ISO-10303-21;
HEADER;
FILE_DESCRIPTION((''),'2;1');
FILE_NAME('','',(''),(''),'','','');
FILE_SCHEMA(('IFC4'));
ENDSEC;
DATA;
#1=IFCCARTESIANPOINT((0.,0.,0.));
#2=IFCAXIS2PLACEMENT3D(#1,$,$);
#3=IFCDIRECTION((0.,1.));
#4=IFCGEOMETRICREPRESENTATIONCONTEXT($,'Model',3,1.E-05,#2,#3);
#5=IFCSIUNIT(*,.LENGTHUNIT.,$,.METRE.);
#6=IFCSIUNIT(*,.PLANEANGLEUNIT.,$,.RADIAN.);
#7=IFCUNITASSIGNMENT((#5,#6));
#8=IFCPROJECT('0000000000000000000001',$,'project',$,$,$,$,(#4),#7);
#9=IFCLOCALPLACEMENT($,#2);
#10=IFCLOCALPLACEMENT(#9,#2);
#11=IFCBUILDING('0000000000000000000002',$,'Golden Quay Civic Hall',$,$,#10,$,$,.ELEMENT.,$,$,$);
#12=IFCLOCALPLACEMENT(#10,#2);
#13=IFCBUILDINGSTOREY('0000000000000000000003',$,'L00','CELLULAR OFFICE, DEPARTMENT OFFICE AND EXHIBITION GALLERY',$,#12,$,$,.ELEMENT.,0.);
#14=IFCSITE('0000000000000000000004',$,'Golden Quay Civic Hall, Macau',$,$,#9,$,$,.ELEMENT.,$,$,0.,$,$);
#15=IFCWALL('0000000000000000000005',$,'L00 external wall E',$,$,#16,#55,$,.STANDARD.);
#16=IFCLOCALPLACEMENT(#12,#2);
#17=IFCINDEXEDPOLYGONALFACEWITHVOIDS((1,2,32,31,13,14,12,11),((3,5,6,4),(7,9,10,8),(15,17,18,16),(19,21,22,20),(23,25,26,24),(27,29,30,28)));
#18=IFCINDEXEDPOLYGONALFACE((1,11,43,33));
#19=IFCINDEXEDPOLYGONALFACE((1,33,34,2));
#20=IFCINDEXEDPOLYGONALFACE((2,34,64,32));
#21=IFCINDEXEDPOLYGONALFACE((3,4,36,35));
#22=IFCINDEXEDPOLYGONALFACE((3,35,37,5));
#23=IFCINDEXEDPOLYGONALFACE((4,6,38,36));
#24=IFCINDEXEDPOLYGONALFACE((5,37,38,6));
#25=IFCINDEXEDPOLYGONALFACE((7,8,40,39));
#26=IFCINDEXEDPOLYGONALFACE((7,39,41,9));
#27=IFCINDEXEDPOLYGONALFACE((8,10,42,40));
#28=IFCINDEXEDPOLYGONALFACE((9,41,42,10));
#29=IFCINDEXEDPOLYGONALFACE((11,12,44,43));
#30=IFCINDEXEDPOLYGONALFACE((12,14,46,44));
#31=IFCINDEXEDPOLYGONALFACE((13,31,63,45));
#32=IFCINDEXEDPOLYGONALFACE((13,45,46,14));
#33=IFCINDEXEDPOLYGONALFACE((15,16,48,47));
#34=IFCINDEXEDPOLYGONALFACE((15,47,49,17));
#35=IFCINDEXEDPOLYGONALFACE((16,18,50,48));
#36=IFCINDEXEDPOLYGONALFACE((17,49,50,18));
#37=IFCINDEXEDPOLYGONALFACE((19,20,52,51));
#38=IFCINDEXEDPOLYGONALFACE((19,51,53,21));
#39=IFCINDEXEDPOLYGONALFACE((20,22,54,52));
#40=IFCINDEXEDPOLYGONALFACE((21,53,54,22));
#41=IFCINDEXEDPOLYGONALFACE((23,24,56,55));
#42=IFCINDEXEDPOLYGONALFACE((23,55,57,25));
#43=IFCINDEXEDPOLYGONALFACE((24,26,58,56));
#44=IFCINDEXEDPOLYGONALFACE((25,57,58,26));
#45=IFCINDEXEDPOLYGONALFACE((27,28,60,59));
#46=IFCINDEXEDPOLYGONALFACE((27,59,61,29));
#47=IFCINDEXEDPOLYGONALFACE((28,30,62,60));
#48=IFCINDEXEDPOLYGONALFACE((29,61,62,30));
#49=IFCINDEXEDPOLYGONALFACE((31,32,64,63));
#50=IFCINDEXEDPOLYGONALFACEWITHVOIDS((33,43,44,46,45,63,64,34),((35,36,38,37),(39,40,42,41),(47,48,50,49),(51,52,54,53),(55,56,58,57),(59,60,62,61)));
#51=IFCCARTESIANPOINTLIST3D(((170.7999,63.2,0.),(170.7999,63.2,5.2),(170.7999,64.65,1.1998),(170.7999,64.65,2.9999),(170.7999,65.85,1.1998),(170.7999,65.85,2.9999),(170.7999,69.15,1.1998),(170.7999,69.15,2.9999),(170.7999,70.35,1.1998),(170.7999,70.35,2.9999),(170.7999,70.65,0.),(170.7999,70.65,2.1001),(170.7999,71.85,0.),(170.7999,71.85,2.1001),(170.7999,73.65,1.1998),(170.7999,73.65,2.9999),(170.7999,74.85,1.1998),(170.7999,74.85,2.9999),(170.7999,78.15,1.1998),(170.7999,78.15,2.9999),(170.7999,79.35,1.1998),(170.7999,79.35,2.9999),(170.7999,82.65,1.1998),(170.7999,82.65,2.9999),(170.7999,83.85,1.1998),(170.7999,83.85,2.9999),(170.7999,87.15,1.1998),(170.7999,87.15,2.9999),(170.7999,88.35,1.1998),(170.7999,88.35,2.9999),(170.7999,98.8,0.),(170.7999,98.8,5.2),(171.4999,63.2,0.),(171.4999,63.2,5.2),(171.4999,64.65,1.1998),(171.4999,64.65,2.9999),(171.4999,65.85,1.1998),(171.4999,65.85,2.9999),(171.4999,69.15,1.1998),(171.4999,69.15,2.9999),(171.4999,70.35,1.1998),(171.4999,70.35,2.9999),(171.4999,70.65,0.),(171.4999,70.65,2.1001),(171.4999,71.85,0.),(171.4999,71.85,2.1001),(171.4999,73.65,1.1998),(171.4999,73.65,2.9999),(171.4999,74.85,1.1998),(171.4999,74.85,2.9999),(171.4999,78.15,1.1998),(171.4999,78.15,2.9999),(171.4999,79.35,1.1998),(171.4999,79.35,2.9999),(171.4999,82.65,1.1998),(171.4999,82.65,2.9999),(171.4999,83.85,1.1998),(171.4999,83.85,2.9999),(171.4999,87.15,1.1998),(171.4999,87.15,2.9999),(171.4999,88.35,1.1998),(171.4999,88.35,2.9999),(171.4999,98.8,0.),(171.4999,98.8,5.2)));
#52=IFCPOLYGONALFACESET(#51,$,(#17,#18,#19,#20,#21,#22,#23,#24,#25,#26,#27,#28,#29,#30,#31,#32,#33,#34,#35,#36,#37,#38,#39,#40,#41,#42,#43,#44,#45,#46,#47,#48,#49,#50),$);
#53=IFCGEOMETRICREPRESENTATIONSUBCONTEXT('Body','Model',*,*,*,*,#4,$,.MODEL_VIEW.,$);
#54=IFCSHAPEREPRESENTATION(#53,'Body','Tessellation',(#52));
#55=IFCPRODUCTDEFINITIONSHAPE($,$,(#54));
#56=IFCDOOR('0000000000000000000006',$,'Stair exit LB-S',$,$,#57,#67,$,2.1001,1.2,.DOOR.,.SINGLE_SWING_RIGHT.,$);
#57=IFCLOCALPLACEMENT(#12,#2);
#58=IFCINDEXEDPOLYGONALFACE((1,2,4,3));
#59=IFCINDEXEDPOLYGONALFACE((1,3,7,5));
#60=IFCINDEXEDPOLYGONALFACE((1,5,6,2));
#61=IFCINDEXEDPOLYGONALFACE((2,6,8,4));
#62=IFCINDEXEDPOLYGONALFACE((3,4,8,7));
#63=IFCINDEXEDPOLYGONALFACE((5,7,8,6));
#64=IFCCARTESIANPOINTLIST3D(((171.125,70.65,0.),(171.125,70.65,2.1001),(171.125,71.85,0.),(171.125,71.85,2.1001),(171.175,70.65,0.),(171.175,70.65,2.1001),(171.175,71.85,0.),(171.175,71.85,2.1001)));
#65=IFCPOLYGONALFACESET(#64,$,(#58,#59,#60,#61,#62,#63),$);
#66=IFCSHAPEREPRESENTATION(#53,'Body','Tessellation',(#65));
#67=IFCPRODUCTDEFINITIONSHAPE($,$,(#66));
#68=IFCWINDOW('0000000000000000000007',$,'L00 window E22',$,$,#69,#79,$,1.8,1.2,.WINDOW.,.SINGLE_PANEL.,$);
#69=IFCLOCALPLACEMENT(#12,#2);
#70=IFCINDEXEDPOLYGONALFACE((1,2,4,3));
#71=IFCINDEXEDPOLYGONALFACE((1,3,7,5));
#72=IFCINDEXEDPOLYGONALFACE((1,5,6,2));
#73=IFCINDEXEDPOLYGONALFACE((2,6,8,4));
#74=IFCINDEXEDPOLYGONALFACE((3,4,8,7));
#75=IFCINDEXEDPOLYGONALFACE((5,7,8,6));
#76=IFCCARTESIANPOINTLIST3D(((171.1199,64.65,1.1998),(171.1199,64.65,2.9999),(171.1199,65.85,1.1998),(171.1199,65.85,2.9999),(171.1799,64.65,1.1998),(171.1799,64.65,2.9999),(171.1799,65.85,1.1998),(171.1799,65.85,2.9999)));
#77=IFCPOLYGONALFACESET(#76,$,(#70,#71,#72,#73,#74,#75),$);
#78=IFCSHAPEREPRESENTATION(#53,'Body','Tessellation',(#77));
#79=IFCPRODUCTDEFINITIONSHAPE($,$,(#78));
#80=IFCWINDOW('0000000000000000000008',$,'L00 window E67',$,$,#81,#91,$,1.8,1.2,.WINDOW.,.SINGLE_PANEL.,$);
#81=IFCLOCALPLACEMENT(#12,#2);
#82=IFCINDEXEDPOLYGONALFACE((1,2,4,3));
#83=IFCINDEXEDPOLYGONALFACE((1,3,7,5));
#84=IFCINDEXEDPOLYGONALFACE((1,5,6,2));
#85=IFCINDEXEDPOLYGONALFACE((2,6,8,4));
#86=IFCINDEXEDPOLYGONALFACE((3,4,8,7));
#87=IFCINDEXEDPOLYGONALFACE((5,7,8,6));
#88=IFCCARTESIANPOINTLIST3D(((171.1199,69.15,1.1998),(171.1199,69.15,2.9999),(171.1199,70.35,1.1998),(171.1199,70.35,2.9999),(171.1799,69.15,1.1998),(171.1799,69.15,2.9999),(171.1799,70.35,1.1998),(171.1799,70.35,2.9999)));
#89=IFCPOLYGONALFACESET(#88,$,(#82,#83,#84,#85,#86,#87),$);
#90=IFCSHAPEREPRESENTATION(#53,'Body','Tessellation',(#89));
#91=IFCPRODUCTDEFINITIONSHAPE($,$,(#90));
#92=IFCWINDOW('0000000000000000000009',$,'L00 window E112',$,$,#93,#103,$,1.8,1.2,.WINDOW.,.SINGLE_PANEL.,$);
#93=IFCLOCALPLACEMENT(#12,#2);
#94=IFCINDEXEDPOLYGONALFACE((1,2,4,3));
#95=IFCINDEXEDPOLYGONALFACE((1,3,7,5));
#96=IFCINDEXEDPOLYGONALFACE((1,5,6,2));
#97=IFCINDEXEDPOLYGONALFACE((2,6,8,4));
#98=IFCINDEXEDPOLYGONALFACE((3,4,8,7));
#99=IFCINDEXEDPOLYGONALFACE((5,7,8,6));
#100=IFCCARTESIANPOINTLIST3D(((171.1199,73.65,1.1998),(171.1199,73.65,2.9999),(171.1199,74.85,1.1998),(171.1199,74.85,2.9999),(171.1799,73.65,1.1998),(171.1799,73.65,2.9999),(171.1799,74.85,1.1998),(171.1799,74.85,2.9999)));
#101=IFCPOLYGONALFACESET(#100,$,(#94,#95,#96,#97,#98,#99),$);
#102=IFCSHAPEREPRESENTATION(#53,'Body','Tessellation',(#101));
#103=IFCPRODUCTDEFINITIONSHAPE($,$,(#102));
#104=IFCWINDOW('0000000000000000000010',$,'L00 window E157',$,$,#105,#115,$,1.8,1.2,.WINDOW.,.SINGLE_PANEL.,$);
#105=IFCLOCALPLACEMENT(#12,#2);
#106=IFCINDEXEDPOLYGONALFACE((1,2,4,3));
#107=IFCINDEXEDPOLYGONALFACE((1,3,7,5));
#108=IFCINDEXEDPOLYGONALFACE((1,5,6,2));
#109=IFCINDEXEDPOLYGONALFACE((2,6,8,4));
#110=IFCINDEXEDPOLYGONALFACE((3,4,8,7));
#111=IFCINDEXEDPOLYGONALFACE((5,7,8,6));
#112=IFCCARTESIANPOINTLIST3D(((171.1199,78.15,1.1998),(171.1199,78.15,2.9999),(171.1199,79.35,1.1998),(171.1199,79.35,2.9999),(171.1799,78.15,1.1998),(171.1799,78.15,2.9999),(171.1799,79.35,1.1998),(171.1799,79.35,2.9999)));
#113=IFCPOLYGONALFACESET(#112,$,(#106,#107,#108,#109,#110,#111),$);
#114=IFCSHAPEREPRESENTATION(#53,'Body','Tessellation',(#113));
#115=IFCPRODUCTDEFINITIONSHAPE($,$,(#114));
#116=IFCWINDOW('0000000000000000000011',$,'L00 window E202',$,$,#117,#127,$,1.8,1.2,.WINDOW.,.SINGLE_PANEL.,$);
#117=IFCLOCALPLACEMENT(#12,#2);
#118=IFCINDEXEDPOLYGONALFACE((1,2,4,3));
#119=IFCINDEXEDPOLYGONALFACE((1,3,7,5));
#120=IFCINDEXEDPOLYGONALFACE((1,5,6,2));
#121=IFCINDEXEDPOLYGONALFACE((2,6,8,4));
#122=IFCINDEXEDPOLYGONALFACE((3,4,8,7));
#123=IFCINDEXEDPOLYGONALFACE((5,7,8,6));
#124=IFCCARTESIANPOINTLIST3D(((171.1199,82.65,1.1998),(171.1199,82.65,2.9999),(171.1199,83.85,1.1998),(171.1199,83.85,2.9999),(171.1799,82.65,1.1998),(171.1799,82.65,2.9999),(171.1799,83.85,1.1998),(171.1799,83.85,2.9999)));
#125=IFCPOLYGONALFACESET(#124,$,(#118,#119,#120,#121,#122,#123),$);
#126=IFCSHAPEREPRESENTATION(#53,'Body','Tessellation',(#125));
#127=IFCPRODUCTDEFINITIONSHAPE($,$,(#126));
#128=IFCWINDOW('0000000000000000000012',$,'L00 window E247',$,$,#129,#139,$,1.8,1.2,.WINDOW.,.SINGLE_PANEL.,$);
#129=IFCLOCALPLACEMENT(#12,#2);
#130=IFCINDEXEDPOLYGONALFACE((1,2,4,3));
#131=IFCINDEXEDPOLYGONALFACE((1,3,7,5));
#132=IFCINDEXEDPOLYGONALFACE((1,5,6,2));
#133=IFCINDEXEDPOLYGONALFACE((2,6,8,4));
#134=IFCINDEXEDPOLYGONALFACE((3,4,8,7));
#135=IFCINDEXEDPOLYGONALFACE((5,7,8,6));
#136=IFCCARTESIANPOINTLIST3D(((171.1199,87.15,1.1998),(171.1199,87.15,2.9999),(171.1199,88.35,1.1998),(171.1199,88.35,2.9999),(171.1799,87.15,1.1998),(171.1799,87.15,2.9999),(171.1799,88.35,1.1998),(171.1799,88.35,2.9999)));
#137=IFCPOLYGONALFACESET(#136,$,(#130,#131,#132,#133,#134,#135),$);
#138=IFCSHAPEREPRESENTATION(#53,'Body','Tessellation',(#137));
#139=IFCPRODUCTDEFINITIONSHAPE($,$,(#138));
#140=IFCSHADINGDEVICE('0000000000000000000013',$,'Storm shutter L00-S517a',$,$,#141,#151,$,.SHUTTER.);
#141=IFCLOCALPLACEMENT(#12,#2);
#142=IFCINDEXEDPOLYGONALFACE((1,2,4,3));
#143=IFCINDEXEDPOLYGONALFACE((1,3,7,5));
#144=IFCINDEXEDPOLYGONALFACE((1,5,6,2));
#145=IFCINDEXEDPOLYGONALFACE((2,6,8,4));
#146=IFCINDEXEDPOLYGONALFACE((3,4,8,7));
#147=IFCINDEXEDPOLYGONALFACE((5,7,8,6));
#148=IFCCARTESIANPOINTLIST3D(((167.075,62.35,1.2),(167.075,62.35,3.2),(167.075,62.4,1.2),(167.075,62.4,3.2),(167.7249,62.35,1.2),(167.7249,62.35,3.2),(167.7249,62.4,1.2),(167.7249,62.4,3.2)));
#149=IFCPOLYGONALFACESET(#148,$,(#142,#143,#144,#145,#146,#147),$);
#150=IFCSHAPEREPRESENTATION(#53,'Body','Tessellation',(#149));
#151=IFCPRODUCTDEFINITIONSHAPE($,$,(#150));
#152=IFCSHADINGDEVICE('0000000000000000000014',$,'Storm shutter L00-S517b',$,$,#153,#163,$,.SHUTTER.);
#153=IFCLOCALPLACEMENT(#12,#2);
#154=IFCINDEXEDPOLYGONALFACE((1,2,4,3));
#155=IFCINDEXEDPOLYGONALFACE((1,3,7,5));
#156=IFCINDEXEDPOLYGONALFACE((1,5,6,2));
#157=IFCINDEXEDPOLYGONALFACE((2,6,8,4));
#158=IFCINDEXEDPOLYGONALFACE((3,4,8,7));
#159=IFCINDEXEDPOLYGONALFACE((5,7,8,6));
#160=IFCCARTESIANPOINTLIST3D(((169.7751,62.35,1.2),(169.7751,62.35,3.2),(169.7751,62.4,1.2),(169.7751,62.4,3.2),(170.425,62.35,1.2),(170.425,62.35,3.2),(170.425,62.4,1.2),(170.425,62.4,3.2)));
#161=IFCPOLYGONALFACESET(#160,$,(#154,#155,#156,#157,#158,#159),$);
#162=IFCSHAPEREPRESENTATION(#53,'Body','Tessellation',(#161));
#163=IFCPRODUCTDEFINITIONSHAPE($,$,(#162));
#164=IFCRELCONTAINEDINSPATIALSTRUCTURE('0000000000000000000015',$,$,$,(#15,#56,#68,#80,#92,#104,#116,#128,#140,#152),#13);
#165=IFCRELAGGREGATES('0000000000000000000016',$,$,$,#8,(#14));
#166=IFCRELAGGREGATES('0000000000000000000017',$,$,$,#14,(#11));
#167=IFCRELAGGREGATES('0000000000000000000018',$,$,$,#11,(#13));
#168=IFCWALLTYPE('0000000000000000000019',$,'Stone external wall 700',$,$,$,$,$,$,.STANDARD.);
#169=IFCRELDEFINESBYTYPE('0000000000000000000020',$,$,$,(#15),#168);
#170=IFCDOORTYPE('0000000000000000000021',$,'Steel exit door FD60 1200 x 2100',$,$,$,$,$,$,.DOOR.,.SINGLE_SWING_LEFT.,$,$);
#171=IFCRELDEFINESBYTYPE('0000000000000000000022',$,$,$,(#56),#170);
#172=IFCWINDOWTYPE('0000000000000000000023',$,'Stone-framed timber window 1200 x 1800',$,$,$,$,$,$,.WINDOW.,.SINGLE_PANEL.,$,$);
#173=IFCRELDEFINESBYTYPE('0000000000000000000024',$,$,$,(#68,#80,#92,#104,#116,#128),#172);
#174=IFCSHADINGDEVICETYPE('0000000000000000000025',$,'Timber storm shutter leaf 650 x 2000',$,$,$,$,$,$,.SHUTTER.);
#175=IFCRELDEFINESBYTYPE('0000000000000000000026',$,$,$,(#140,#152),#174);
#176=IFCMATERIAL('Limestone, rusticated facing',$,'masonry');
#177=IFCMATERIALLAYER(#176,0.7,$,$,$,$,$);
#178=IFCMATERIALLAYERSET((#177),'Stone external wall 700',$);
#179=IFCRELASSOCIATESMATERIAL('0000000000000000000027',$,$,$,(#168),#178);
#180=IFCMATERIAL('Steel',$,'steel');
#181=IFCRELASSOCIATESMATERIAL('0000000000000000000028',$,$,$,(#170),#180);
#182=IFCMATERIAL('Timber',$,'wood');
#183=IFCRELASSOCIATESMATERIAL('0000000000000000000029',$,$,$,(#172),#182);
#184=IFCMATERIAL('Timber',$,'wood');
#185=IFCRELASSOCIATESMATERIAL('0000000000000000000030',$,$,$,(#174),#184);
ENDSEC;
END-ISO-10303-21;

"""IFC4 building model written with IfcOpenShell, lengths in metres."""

from ifc_helpers import new_model, si_unit, direction, frame, frame_2d, origin, origin_2d, place, context, subcontext, project, spatial, rectangle, extrude, material, layer, layer_set, type_object, element, fill, save


model = new_model("IFC4")

# Units and contexts
model_context = context("Model", 3, precision=1e-05, world=origin(), true_north=direction((0.0, 1.0)))
body_context = subcontext(model_context, "Body", "Model", "MODEL_VIEW")
ifc_project = project(units=[si_unit("LENGTHUNIT", "METRE"), si_unit("PLANEANGLEUNIT", "RADIAN")], contexts=[model_context])

# Site, building, storey
site_placement = place(None, origin())
site = spatial("IfcSite", under=ifc_project, at=site_placement, Name="Golden Quay Civic Hall, Macau", CompositionType="ELEMENT", RefElevation=0.0)
building_placement = place(site_placement, origin())
building = spatial("IfcBuilding", under=site, at=building_placement, Name="Golden Quay Civic Hall", CompositionType="ELEMENT")
storey_placement = place(building_placement, origin())
storey = spatial("IfcBuildingStorey", under=building, at=storey_placement, Name="L00", Description="CELLULAR OFFICE, DEPARTMENT OFFICE AND EXHIBITION GALLERY", CompositionType="ELEMENT", Elevation=0.0)

# Wall, openings, door, windows
ifc_material_1 = material(Name="Limestone, rusticated facing", Category="masonry")
ifc_layer = layer(ifc_material_1, 0.7)
ifc_layer_set = layer_set([ifc_layer], Name="Stone external wall 700")
wall_type = type_object("IfcWallType", Name="Stone external wall 700", PredefinedType="STANDARD", material=ifc_layer_set)
wall_placement = place(storey_placement, frame((171.1499, 63.2, 0.0), z_axis=(0.0, 0.0, 1.0), x_axis=(0.0, 1.0, 0.0)))
wall = element("IfcWall", 1, at=wall_placement, inside=storey, type_object=wall_type, Name="L00 external wall E", PredefinedType="STANDARD", context=body_context, shape_type="SweptSolid", body=[
    extrude(rectangle(XDim=35.6001, YDim=0.7, at=frame_2d((17.8, 0.0))), origin(), (0.0, 0.0, 1.0), 5.2),
])
opening_1_placement = place(wall_placement, frame((1.45, 0.0, 1.2)))
opening_1 = element("IfcOpeningElement", 2, at=opening_1_placement, cuts=wall, PredefinedType="OPENING", context=body_context, shape_type="SweptSolid", body=[
    extrude(rectangle(XDim=1.2, YDim=1.8, at=frame_2d((0.6001, 0.8999))), frame((0.0, 0.3599, 0.0), z_axis=(0.0, -1.0, 0.0), x_axis=(1.0, 0.0, 0.0)), (0.0, 0.0, 1.0), 0.72),
])
opening_2_placement = place(wall_placement, frame((5.95, 0.0, 1.2)))
opening_2 = element("IfcOpeningElement", 3, at=opening_2_placement, cuts=wall, PredefinedType="OPENING", context=body_context, shape_type="SweptSolid", body=[
    extrude(rectangle(XDim=1.2, YDim=1.8, at=frame_2d((0.6001, 0.8999))), frame((0.0, 0.3599, 0.0), z_axis=(0.0, -1.0, 0.0), x_axis=(1.0, 0.0, 0.0)), (0.0, 0.0, 1.0), 0.72),
])
opening_3_placement = place(wall_placement, frame((10.45, 0.0, 1.2)))
opening_3 = element("IfcOpeningElement", 4, at=opening_3_placement, cuts=wall, PredefinedType="OPENING", context=body_context, shape_type="SweptSolid", body=[
    extrude(rectangle(XDim=1.2, YDim=1.8, at=frame_2d((0.6001, 0.8999))), frame((0.0, 0.3599, 0.0), z_axis=(0.0, -1.0, 0.0), x_axis=(1.0, 0.0, 0.0)), (0.0, 0.0, 1.0), 0.72),
])
opening_4_placement = place(wall_placement, frame((14.95, 0.0, 1.2)))
opening_4 = element("IfcOpeningElement", 5, at=opening_4_placement, cuts=wall, PredefinedType="OPENING", context=body_context, shape_type="SweptSolid", body=[
    extrude(rectangle(XDim=1.2, YDim=1.8, at=frame_2d((0.6001, 0.8999))), frame((0.0, 0.3599, 0.0), z_axis=(0.0, -1.0, 0.0), x_axis=(1.0, 0.0, 0.0)), (0.0, 0.0, 1.0), 0.72),
])
opening_5_placement = place(wall_placement, frame((19.45, 0.0, 1.2)))
opening_5 = element("IfcOpeningElement", 6, at=opening_5_placement, cuts=wall, PredefinedType="OPENING", context=body_context, shape_type="SweptSolid", body=[
    extrude(rectangle(XDim=1.2, YDim=1.8, at=frame_2d((0.6001, 0.8999))), frame((0.0, 0.3599, 0.0), z_axis=(0.0, -1.0, 0.0), x_axis=(1.0, 0.0, 0.0)), (0.0, 0.0, 1.0), 0.72),
])
opening_6_placement = place(wall_placement, frame((23.95, 0.0, 1.2)))
opening_6 = element("IfcOpeningElement", 7, at=opening_6_placement, cuts=wall, PredefinedType="OPENING", context=body_context, shape_type="SweptSolid", body=[
    extrude(rectangle(XDim=1.2, YDim=1.8, at=frame_2d((0.6001, 0.8999))), frame((0.0, 0.3599, 0.0), z_axis=(0.0, -1.0, 0.0), x_axis=(1.0, 0.0, 0.0)), (0.0, 0.0, 1.0), 0.72),
])
opening_7_placement = place(wall_placement, frame((7.45, 0.0, 0.0)))
opening_7 = element("IfcOpeningElement", 8, at=opening_7_placement, cuts=wall, PredefinedType="OPENING", context=body_context, shape_type="SweptSolid", body=[
    extrude(rectangle(XDim=1.2, YDim=2.1001, at=frame_2d((0.6001, 1.05))), frame((0.0, 0.3599, 0.0), z_axis=(0.0, -1.0, 0.0), x_axis=(1.0, 0.0, 0.0)), (0.0, 0.0, 1.0), 0.72),
])
ifc_material_2 = material(Name="Steel", Category="steel")
door_type = type_object("IfcDoorType", Name="Steel exit door FD60 1200 x 2100", OperationType="SINGLE_SWING_LEFT", PredefinedType="DOOR", material=ifc_material_2)
door_placement = place(opening_7_placement, frame((1.2, 0.0, 0.0), z_axis=(0.0, 0.0, 1.0), x_axis=(-1.0, 0.0, 0.0)))
door = element("IfcDoor", 9, at=door_placement, inside=storey, type_object=door_type, Name="Stair exit LB-S", OperationType="SINGLE_SWING_RIGHT", OverallHeight=2.1001, OverallWidth=1.2, PredefinedType="DOOR", context=body_context, shape_type="SweptSolid", body=[
    extrude(rectangle(XDim=1.2, YDim=2.1001, at=frame_2d((0.5999, 1.05))), frame((0.0, 0.0251, 0.0), z_axis=(0.0, -1.0, 0.0), x_axis=(1.0, 0.0, 0.0)), (0.0, 0.0, 1.0), 0.05),
])
fill(opening_7, door)
ifc_material_3 = material(Name="Timber", Category="wood")
window_type = type_object("IfcWindowType", Name="Stone-framed timber window 1200 x 1800", PartitioningType="SINGLE_PANEL", PredefinedType="WINDOW", material=ifc_material_3)
window_1_placement = place(opening_1_placement, origin())
window_1 = element("IfcWindow", 10, at=window_1_placement, inside=storey, type_object=window_type, Name="L00 window E22", OverallHeight=1.8, OverallWidth=1.2, PartitioningType="SINGLE_PANEL", PredefinedType="WINDOW", context=body_context, shape_type="SweptSolid", body=[
    extrude(rectangle(XDim=1.2, YDim=1.8, at=frame_2d((0.6001, 0.8999))), frame((0.0, 0.03, 0.0), z_axis=(0.0, -1.0, 0.0), x_axis=(1.0, 0.0, 0.0)), (0.0, 0.0, 1.0), 0.0601),
])
fill(opening_1, window_1)
window_2_placement = place(opening_2_placement, origin())
window_2 = element("IfcWindow", 11, at=window_2_placement, inside=storey, type_object=window_type, Name="L00 window E67", OverallHeight=1.8, OverallWidth=1.2, PartitioningType="SINGLE_PANEL", PredefinedType="WINDOW", context=body_context, shape_type="SweptSolid", body=[
    extrude(rectangle(XDim=1.2, YDim=1.8, at=frame_2d((0.6001, 0.8999))), frame((0.0, 0.03, 0.0), z_axis=(0.0, -1.0, 0.0), x_axis=(1.0, 0.0, 0.0)), (0.0, 0.0, 1.0), 0.0601),
])
fill(opening_2, window_2)
window_3_placement = place(opening_3_placement, origin())
window_3 = element("IfcWindow", 12, at=window_3_placement, inside=storey, type_object=window_type, Name="L00 window E112", OverallHeight=1.8, OverallWidth=1.2, PartitioningType="SINGLE_PANEL", PredefinedType="WINDOW", context=body_context, shape_type="SweptSolid", body=[
    extrude(rectangle(XDim=1.2, YDim=1.8, at=frame_2d((0.6001, 0.8999))), frame((0.0, 0.03, 0.0), z_axis=(0.0, -1.0, 0.0), x_axis=(1.0, 0.0, 0.0)), (0.0, 0.0, 1.0), 0.0601),
])
fill(opening_3, window_3)
window_4_placement = place(opening_4_placement, origin())
window_4 = element("IfcWindow", 13, at=window_4_placement, inside=storey, type_object=window_type, Name="L00 window E157", OverallHeight=1.8, OverallWidth=1.2, PartitioningType="SINGLE_PANEL", PredefinedType="WINDOW", context=body_context, shape_type="SweptSolid", body=[
    extrude(rectangle(XDim=1.2, YDim=1.8, at=frame_2d((0.6001, 0.8999))), frame((0.0, 0.03, 0.0), z_axis=(0.0, -1.0, 0.0), x_axis=(1.0, 0.0, 0.0)), (0.0, 0.0, 1.0), 0.0601),
])
fill(opening_4, window_4)
window_5_placement = place(opening_5_placement, origin())
window_5 = element("IfcWindow", 14, at=window_5_placement, inside=storey, type_object=window_type, Name="L00 window E202", OverallHeight=1.8, OverallWidth=1.2, PartitioningType="SINGLE_PANEL", PredefinedType="WINDOW", context=body_context, shape_type="SweptSolid", body=[
    extrude(rectangle(XDim=1.2, YDim=1.8, at=frame_2d((0.6001, 0.8999))), frame((0.0, 0.03, 0.0), z_axis=(0.0, -1.0, 0.0), x_axis=(1.0, 0.0, 0.0)), (0.0, 0.0, 1.0), 0.0601),
])
fill(opening_5, window_5)
window_6_placement = place(opening_6_placement, origin())
window_6 = element("IfcWindow", 15, at=window_6_placement, inside=storey, type_object=window_type, Name="L00 window E247", OverallHeight=1.8, OverallWidth=1.2, PartitioningType="SINGLE_PANEL", PredefinedType="WINDOW", context=body_context, shape_type="SweptSolid", body=[
    extrude(rectangle(XDim=1.2, YDim=1.8, at=frame_2d((0.6001, 0.8999))), frame((0.0, 0.03, 0.0), z_axis=(0.0, -1.0, 0.0), x_axis=(1.0, 0.0, 0.0)), (0.0, 0.0, 1.0), 0.0601),
])
fill(opening_6, window_6)

# Shading devices
ifc_material_4 = material(Name="Timber", Category="wood")
shading_device_type = type_object("IfcShadingDeviceType", Name="Timber storm shutter leaf 650 x 2000", PredefinedType="SHUTTER", material=ifc_material_4)
for number, where, z_axis, x_axis, name in (
    (16, (167.3999, 62.375, 1.2), (0.0, 0.0, 1.0), (1.0, 0.0, 0.0), "Storm shutter L00-S517a"),
    (17, (170.1001, 62.375, 1.2), (0.0, 0.0, 1.0), (1.0, 0.0, 0.0), "Storm shutter L00-S517b"),
):
    element("IfcShadingDevice", number, at=place(storey_placement, frame(where, z_axis=z_axis, x_axis=x_axis)), inside=storey, type_object=shading_device_type, Name=name, PredefinedType="SHUTTER", context=body_context, shape_type="SweptSolid", body=[
        extrude(rectangle(XDim=0.6499, YDim=0.05, at=origin_2d()), origin(), (0.0, 0.0, 1.0), 2.0),
    ])

save(model, "model.ifc")
